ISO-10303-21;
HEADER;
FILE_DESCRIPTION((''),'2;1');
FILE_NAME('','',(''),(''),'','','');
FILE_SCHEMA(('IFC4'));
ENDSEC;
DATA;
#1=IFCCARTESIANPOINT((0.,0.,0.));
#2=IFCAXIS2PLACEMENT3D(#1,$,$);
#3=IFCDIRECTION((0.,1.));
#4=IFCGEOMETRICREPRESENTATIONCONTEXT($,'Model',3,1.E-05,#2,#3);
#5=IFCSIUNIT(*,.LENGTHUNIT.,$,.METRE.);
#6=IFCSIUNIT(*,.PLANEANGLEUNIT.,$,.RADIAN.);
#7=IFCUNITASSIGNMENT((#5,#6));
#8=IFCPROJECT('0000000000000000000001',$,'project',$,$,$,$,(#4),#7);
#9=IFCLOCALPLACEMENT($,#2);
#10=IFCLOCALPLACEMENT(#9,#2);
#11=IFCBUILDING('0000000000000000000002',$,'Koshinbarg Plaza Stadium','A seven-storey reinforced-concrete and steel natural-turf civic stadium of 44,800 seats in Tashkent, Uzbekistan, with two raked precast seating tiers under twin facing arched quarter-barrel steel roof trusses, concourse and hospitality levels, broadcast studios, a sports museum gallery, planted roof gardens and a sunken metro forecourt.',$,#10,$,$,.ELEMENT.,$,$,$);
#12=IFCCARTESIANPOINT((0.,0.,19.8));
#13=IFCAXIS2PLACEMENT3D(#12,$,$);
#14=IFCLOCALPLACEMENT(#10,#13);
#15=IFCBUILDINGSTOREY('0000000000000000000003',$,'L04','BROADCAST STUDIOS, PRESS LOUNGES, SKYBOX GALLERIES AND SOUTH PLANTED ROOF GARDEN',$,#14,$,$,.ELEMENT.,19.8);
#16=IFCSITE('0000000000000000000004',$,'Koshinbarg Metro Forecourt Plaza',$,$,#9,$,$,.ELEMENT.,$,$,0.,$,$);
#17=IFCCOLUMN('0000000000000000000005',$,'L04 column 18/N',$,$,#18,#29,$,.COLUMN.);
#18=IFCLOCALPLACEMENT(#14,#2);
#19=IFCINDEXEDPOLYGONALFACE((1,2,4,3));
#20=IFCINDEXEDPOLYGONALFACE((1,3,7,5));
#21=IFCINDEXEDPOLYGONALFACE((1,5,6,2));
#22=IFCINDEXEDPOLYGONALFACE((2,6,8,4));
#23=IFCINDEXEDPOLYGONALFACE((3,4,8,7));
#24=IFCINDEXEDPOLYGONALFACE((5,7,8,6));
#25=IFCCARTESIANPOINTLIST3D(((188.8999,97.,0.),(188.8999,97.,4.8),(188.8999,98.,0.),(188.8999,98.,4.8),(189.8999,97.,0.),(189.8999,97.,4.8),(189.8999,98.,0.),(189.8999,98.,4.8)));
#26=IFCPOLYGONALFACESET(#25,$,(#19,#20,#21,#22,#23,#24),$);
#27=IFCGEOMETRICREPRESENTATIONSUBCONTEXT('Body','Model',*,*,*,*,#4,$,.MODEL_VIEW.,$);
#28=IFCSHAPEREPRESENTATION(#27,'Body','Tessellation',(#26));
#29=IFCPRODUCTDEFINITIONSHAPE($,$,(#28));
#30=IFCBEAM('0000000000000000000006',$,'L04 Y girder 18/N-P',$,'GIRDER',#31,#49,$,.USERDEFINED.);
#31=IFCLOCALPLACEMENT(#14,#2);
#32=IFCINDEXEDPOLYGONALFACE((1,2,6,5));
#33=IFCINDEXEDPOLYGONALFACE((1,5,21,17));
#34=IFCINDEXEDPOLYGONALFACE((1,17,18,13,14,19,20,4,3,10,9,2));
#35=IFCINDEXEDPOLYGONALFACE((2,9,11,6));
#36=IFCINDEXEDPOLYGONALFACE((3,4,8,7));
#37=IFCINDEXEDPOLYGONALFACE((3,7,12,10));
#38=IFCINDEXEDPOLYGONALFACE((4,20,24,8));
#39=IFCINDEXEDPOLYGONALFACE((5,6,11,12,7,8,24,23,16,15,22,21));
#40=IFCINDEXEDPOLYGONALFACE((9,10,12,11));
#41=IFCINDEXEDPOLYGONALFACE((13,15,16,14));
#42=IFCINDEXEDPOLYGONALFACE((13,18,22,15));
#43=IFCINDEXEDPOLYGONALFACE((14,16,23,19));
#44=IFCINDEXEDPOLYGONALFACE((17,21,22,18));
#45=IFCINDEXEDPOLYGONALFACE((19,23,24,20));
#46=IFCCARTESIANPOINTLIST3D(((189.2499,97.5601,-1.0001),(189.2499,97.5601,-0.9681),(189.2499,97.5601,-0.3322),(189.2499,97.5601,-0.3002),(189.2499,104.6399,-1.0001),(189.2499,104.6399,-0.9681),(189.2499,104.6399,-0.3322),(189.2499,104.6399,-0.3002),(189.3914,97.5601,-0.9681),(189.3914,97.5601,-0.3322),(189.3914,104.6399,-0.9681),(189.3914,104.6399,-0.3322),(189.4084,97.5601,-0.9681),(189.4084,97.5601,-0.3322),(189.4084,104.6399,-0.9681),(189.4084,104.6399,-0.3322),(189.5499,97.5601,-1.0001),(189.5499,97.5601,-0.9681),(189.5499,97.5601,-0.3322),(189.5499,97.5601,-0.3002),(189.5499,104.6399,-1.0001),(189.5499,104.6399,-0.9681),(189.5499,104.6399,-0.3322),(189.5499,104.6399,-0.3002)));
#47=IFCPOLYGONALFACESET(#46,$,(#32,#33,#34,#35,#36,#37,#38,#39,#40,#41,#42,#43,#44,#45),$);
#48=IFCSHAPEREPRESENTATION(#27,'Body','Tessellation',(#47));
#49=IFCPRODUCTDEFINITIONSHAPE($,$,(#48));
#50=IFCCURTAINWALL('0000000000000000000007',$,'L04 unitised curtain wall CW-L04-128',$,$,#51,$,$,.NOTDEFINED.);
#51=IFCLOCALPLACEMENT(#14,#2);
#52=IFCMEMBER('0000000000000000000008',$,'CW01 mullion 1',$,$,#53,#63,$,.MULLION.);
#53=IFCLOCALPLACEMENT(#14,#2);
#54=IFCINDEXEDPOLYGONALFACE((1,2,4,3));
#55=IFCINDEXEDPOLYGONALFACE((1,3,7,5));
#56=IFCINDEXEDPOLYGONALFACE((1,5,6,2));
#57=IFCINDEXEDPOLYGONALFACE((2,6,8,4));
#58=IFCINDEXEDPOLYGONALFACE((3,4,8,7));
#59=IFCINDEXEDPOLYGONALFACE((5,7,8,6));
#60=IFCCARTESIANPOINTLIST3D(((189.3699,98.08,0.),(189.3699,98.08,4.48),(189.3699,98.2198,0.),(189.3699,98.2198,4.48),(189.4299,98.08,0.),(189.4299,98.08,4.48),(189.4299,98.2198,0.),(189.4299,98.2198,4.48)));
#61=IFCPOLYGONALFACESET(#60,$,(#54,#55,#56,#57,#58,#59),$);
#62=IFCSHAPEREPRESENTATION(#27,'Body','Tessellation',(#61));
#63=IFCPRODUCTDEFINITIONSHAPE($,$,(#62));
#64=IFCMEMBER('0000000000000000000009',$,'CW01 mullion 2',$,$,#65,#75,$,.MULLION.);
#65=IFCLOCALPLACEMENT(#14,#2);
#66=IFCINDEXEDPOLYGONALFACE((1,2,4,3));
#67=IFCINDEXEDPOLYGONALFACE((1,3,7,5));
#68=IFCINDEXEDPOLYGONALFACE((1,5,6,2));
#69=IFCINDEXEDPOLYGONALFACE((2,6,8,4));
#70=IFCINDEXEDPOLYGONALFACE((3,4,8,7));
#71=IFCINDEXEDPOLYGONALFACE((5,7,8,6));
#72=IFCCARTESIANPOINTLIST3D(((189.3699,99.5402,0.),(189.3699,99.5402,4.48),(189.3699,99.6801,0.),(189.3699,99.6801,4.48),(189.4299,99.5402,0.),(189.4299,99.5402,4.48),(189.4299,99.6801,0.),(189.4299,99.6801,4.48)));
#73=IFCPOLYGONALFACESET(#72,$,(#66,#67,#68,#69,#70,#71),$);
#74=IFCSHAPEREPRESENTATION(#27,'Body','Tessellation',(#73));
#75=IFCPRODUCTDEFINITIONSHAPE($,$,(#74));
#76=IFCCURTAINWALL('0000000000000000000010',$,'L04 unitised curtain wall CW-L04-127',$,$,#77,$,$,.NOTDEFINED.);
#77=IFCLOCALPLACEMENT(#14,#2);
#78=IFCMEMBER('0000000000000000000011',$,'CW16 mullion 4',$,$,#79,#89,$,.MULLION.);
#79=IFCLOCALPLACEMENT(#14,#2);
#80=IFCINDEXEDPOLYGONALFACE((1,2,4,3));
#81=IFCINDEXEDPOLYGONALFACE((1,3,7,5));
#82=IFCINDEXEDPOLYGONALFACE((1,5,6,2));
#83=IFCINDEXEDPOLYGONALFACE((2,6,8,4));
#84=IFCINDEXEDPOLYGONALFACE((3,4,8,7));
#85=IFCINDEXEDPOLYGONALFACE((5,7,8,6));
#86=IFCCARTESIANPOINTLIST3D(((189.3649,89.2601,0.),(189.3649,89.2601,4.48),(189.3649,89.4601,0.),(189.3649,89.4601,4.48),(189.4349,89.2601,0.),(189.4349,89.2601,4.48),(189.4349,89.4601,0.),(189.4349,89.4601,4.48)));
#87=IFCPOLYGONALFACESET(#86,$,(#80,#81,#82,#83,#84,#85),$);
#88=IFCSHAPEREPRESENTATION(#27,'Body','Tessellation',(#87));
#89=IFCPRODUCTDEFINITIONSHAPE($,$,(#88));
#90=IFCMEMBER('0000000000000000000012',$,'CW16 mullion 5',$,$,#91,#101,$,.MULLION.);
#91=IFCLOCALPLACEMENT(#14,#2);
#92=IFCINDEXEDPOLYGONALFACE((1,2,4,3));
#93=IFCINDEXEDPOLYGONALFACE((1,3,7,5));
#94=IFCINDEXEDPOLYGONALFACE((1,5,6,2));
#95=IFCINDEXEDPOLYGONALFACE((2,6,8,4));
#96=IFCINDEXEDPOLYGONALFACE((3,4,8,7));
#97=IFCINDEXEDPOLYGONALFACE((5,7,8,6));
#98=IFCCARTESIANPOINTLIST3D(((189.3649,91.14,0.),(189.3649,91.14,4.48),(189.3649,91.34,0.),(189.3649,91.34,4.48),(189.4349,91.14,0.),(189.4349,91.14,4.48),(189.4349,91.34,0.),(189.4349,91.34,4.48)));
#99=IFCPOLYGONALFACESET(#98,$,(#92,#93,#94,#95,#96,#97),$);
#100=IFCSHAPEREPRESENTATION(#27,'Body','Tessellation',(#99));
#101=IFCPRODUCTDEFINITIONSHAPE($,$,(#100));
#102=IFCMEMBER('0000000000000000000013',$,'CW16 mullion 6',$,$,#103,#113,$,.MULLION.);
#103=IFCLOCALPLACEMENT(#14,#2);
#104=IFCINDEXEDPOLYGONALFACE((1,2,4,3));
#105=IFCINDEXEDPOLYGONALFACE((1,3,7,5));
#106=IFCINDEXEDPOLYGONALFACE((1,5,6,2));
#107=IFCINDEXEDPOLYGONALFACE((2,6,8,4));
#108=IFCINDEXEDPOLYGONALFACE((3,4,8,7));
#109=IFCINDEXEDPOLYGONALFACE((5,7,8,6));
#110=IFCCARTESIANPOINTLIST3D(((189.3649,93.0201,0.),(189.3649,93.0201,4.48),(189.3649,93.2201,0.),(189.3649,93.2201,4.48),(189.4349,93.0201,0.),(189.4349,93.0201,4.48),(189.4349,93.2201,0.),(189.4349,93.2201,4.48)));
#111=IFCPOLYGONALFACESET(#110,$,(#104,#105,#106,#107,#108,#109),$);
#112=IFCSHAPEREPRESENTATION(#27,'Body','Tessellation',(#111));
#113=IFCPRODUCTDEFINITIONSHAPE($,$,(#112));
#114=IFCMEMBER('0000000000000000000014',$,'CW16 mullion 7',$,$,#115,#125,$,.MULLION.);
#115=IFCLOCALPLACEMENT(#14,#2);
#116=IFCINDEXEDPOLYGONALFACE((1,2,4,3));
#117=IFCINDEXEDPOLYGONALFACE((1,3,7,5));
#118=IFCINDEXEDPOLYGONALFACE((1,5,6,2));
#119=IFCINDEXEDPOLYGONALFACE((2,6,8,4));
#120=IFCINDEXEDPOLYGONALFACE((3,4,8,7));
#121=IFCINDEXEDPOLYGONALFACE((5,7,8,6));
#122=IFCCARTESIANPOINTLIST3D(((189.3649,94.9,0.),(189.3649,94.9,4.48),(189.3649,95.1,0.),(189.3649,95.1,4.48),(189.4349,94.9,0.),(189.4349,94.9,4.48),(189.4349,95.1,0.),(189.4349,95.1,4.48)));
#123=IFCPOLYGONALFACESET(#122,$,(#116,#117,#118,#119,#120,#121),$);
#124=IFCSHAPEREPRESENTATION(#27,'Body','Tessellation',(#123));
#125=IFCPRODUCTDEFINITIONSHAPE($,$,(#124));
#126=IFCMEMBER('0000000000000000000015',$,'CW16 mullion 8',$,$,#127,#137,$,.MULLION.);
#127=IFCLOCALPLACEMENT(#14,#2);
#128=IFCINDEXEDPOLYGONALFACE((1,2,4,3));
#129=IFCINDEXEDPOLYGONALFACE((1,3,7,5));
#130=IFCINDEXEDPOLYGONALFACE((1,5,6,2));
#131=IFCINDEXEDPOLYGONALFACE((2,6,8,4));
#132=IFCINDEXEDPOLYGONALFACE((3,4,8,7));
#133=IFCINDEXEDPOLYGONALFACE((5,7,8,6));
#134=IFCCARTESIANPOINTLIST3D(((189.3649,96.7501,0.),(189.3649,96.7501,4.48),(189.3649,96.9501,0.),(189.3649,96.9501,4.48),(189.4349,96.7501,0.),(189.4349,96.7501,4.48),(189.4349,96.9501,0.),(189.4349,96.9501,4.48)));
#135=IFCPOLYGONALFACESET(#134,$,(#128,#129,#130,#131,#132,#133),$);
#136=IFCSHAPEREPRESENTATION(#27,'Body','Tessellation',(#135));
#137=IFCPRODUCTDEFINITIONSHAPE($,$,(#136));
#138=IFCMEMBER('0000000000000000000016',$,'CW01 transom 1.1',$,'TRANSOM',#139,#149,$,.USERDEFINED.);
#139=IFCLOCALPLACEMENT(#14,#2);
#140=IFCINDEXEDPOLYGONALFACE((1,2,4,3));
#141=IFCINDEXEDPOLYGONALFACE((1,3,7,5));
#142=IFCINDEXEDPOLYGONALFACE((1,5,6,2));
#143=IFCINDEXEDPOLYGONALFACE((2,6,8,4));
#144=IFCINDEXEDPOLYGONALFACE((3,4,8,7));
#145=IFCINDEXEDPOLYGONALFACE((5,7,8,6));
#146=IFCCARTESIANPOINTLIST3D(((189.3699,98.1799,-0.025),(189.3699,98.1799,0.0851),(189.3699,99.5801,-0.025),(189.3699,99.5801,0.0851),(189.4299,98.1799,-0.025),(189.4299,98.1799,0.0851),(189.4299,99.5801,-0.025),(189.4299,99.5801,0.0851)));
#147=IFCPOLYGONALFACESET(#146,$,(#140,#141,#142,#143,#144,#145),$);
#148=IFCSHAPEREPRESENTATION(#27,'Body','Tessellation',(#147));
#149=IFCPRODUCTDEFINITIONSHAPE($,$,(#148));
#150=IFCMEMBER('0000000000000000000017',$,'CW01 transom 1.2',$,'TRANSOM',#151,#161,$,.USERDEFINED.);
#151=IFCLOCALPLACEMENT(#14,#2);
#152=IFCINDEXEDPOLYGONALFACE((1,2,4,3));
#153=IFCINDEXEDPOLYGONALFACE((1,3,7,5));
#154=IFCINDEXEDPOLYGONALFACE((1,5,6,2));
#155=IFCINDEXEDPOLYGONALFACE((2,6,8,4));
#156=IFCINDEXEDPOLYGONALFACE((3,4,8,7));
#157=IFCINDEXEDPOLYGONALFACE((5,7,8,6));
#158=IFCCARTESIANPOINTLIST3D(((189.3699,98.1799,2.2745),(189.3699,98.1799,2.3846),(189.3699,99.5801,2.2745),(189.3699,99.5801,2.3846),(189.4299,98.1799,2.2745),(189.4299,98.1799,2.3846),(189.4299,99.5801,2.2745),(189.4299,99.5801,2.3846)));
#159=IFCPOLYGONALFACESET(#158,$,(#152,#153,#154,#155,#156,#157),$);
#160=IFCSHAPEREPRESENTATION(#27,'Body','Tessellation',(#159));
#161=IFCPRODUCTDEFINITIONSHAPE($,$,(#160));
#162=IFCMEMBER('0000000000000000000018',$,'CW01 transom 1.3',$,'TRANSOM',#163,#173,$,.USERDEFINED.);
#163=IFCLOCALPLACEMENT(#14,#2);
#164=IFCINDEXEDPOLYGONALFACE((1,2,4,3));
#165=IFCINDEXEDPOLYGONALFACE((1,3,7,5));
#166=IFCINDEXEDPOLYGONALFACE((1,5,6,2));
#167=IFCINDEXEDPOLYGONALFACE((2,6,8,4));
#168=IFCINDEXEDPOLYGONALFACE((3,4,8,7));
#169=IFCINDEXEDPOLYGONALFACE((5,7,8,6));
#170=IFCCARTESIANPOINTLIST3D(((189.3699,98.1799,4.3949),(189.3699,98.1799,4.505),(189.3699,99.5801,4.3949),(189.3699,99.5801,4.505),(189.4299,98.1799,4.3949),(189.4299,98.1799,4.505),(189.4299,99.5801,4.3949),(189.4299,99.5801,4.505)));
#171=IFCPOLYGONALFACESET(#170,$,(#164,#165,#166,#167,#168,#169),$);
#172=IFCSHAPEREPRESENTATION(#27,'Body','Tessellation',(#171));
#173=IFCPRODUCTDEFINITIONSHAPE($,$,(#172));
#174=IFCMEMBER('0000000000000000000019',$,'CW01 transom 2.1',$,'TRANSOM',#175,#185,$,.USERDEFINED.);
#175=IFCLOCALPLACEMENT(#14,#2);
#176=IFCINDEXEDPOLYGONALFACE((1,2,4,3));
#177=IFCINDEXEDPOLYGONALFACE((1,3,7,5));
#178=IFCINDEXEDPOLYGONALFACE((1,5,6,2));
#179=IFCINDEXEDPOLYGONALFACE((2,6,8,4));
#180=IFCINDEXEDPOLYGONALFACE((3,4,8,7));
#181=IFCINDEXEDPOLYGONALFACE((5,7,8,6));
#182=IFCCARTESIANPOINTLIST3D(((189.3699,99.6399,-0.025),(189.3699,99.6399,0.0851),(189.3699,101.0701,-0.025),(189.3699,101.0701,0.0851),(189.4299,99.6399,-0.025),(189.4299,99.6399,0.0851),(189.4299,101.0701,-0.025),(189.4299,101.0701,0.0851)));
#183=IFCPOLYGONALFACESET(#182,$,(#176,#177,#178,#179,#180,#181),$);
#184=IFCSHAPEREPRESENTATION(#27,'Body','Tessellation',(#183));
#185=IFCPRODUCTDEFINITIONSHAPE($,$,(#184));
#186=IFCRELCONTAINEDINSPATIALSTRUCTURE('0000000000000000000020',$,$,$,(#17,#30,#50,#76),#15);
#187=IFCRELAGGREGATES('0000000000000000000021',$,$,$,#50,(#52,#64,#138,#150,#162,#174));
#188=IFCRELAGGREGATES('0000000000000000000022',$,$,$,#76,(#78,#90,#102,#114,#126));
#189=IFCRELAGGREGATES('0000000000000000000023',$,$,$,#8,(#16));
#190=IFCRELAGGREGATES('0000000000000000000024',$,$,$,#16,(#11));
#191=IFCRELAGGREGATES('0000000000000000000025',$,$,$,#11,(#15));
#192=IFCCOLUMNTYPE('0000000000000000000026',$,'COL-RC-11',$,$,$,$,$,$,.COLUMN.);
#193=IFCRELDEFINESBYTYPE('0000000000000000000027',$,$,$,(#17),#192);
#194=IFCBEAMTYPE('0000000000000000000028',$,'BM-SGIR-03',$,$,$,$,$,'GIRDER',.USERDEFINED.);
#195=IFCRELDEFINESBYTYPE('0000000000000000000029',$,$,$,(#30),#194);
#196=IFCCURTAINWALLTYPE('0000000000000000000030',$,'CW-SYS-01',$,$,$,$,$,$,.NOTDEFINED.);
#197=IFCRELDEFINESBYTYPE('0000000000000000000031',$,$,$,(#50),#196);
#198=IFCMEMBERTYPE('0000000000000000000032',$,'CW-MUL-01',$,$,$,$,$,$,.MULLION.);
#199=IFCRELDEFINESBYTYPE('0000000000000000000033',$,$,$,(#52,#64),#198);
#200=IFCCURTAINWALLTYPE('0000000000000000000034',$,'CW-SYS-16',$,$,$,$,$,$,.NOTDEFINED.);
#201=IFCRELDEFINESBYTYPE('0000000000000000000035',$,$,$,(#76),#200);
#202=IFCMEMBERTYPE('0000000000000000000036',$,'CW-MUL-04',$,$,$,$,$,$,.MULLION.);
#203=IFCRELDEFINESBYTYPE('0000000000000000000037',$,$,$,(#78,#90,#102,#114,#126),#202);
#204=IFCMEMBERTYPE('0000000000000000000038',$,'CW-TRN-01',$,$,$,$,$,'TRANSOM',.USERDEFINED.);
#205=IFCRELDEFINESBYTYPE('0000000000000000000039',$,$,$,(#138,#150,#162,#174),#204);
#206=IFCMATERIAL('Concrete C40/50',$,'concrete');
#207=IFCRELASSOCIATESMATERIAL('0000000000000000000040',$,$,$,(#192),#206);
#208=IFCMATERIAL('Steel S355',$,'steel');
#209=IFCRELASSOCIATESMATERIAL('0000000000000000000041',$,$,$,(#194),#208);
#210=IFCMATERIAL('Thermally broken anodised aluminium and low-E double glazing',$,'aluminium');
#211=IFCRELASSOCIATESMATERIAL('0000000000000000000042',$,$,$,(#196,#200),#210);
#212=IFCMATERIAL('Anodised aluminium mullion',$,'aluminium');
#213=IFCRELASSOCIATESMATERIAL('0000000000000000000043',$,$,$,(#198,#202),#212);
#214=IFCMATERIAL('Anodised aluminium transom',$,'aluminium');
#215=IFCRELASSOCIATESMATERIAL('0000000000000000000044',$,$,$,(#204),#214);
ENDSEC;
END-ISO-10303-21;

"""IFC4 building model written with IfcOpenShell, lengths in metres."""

from ifc_helpers import new_model, si_unit, direction, frame, origin, origin_2d, place, context, subcontext, project, spatial, rectangle, i_section, extrude, material, material_profile, profile_set, type_object, element, aggregate, save


model = new_model("IFC4")

# Units and contexts
model_context = context("Model", 3, precision=1e-05, world=origin(), true_north=direction((0.0, 1.0)))
body_context = subcontext(model_context, "Body", "Model", "MODEL_VIEW")
ifc_project = project(units=[si_unit("LENGTHUNIT", "METRE"), si_unit("PLANEANGLEUNIT", "RADIAN")], contexts=[model_context])

# Site, building, storey
site_placement = place(None, origin())
site = spatial("IfcSite", under=ifc_project, at=site_placement, Name="Koshinbarg Metro Forecourt Plaza", CompositionType="ELEMENT", RefElevation=0.0)
building_placement = place(site_placement, origin())
building = spatial("IfcBuilding", under=site, at=building_placement, Name="Koshinbarg Plaza Stadium", Description="A seven-storey reinforced-concrete and steel natural-turf civic stadium of 44,800 seats in Tashkent, Uzbekistan, with two raked precast seating tiers under twin facing arched quarter-barrel steel roof trusses, concourse and hospitality levels, broadcast studios, a sports museum gallery, planted roof gardens and a sunken metro forecourt.", CompositionType="ELEMENT")
storey_placement = place(building_placement, frame((0.0, 0.0, 19.8)))
storey = spatial("IfcBuildingStorey", under=building, at=storey_placement, Name="L04", Description="BROADCAST STUDIOS, PRESS LOUNGES, SKYBOX GALLERIES AND SOUTH PLANTED ROOF GARDEN", CompositionType="ELEMENT", Elevation=19.8)

# Column
ifc_material_1 = material(Name="Concrete C40/50", Category="concrete")
ifc_material_profile_1 = material_profile(ifc_material_1, rectangle(XDim=1.0, YDim=1.0, at=origin_2d()), Name="RC 1000x1000")
ifc_profile_set_1 = profile_set([ifc_material_profile_1], Name="Concrete C40/50")
column_type = type_object("IfcColumnType", Name="COL-RC-11", PredefinedType="COLUMN", material=ifc_profile_set_1)
column_placement = place(storey_placement, frame((189.3999, 97.5, 0.0), z_axis=(0.0, 0.0, 1.0), x_axis=(1.0, 0.0, 0.0)))
element("IfcColumn", 1, at=column_placement, inside=storey, type_object=column_type, Name="L04 column 18/N", PredefinedType="COLUMN", context=body_context, shape_type="SweptSolid", body=[
    extrude(rectangle(XDim=1.0, YDim=1.0, at=origin_2d()), origin(), (0.0, 0.0, 1.0), 4.8),
])

# Beam
ifc_material_2 = material(Name="Steel S355", Category="steel")
ifc_material_profile_2 = material_profile(ifc_material_2, i_section(OverallWidth=0.3, OverallDepth=0.7, WebThickness=0.0171, FlangeThickness=0.032, at=origin_2d()), Name="HEB 700")
ifc_profile_set_2 = profile_set([ifc_material_profile_2], Name="Steel S355")
beam_type = type_object("IfcBeamType", Name="BM-SGIR-03", ElementType="GIRDER", PredefinedType="USERDEFINED", material=ifc_profile_set_2)
beam_placement = place(storey_placement, frame((189.3999, 97.5601, -0.6501), z_axis=(0.0, 1.0, 0.0), x_axis=(-1.0, 0.0, 0.0)))
element("IfcBeam", 2, at=beam_placement, inside=storey, type_object=beam_type, Name="L04 Y girder 18/N-P", ObjectType="GIRDER", PredefinedType="USERDEFINED", context=body_context, shape_type="SweptSolid", body=[
    extrude(i_section(OverallWidth=0.3, OverallDepth=0.7, WebThickness=0.0171, FlangeThickness=0.032, at=origin_2d()), origin(), (0.0, 0.0, 1.0), 7.0798),
])

# Curtain walls, members
ifc_material_3 = material(Name="Thermally broken anodised aluminium and low-E double glazing", Category="aluminium")
curtain_wall_type_1 = type_object("IfcCurtainWallType", Name="CW-SYS-01", PredefinedType="NOTDEFINED", material=ifc_material_3)
curtain_wall_1_placement = place(storey_placement, origin())
curtain_wall_1 = element("IfcCurtainWall", 3, at=curtain_wall_1_placement, inside=storey, type_object=curtain_wall_type_1, Name="L04 unitised curtain wall CW-L04-128", PredefinedType="NOTDEFINED")
ifc_material_4 = material(Name="Anodised aluminium mullion", Category="aluminium")
ifc_material_profile_3 = material_profile(ifc_material_4, rectangle(XDim=0.0601, YDim=0.1399, at=origin_2d()), Name="ALU 60x140")
ifc_profile_set_3 = profile_set([ifc_material_profile_3], Name="Anodised aluminium mullion")
member_type_1 = type_object("IfcMemberType", Name="CW-MUL-01", PredefinedType="MULLION", material=ifc_profile_set_3)
member_1_placement = place(storey_placement, frame((189.3999, 98.1499, 0.0), z_axis=(0.0, 0.0, 1.0), x_axis=(-1.0, 0.0, 0.0)))
member_1 = element("IfcMember", 4, at=member_1_placement, type_object=member_type_1, Name="CW01 mullion 1", PredefinedType="MULLION", context=body_context, shape_type="SweptSolid", body=[
    extrude(rectangle(XDim=0.0601, YDim=0.1399, at=origin_2d()), origin(), (0.0, 0.0, 1.0), 4.48),
])
member_2_placement = place(storey_placement, frame((189.3999, 99.6101, 0.0), z_axis=(0.0, 0.0, 1.0), x_axis=(-1.0, 0.0, 0.0)))
member_2 = element("IfcMember", 5, at=member_2_placement, type_object=member_type_1, Name="CW01 mullion 2", PredefinedType="MULLION", context=body_context, shape_type="SweptSolid", body=[
    extrude(rectangle(XDim=0.0601, YDim=0.1399, at=origin_2d()), origin(), (0.0, 0.0, 1.0), 4.48),
])
curtain_wall_type_2 = type_object("IfcCurtainWallType", Name="CW-SYS-16", PredefinedType="NOTDEFINED", material=ifc_material_3)
curtain_wall_2_placement = place(storey_placement, origin())
curtain_wall_2 = element("IfcCurtainWall", 6, at=curtain_wall_2_placement, inside=storey, type_object=curtain_wall_type_2, Name="L04 unitised curtain wall CW-L04-127", PredefinedType="NOTDEFINED")
ifc_material_profile_4 = material_profile(ifc_material_4, rectangle(XDim=0.0701, YDim=0.2, at=origin_2d()), Name="ALU 70x200")
ifc_profile_set_4 = profile_set([ifc_material_profile_4], Name="Anodised aluminium mullion")
member_type_2 = type_object("IfcMemberType", Name="CW-MUL-04", PredefinedType="MULLION", material=ifc_profile_set_4)
member_3_placement = place(storey_placement, frame((189.3999, 89.3601, 0.0), z_axis=(0.0, 0.0, 1.0), x_axis=(-1.0, 0.0, 0.0)))
member_3 = element("IfcMember", 7, at=member_3_placement, type_object=member_type_2, Name="CW16 mullion 4", PredefinedType="MULLION", context=body_context, shape_type="SweptSolid", body=[
    extrude(rectangle(XDim=0.0701, YDim=0.2, at=origin_2d()), origin(), (0.0, 0.0, 1.0), 4.48),
])
member_4_placement = place(storey_placement, frame((189.3999, 91.24, 0.0), z_axis=(0.0, 0.0, 1.0), x_axis=(-1.0, 0.0, 0.0)))
member_4 = element("IfcMember", 8, at=member_4_placement, type_object=member_type_2, Name="CW16 mullion 5", PredefinedType="MULLION", context=body_context, shape_type="SweptSolid", body=[
    extrude(rectangle(XDim=0.0701, YDim=0.2, at=origin_2d()), origin(), (0.0, 0.0, 1.0), 4.48),
])
member_5_placement = place(storey_placement, frame((189.3999, 93.1201, 0.0), z_axis=(0.0, 0.0, 1.0), x_axis=(-1.0, 0.0, 0.0)))
member_5 = element("IfcMember", 9, at=member_5_placement, type_object=member_type_2, Name="CW16 mullion 6", PredefinedType="MULLION", context=body_context, shape_type="SweptSolid", body=[
    extrude(rectangle(XDim=0.0701, YDim=0.2, at=origin_2d()), origin(), (0.0, 0.0, 1.0), 4.48),
])
member_6_placement = place(storey_placement, frame((189.3999, 95.0, 0.0), z_axis=(0.0, 0.0, 1.0), x_axis=(-1.0, 0.0, 0.0)))
member_6 = element("IfcMember", 10, at=member_6_placement, type_object=member_type_2, Name="CW16 mullion 7", PredefinedType="MULLION", context=body_context, shape_type="SweptSolid", body=[
    extrude(rectangle(XDim=0.0701, YDim=0.2, at=origin_2d()), origin(), (0.0, 0.0, 1.0), 4.48),
])
member_7_placement = place(storey_placement, frame((189.3999, 96.8501, 0.0), z_axis=(0.0, 0.0, 1.0), x_axis=(-1.0, 0.0, 0.0)))
member_7 = element("IfcMember", 11, at=member_7_placement, type_object=member_type_2, Name="CW16 mullion 8", PredefinedType="MULLION", context=body_context, shape_type="SweptSolid", body=[
    extrude(rectangle(XDim=0.0701, YDim=0.2, at=origin_2d()), origin(), (0.0, 0.0, 1.0), 4.48),
])

# Members
ifc_material_5 = material(Name="Anodised aluminium transom", Category="aluminium")
ifc_material_profile_5 = material_profile(ifc_material_5, rectangle(XDim=0.0601, YDim=0.1101, at=origin_2d()), Name="ALU 60x110")
ifc_profile_set_5 = profile_set([ifc_material_profile_5], Name="Anodised aluminium transom")
member_type_3 = type_object("IfcMemberType", Name="CW-TRN-01", ElementType="TRANSOM", PredefinedType="USERDEFINED", material=ifc_profile_set_5)
member_8_placement = place(storey_placement, frame((189.3999, 98.1799, 0.03), z_axis=(0.0, 1.0, 0.0), x_axis=(-1.0, 0.0, 0.0)))
member_8 = element("IfcMember", 12, at=member_8_placement, type_object=member_type_3, Name="CW01 transom 1.1", ObjectType="TRANSOM", PredefinedType="USERDEFINED", context=body_context, shape_type="SweptSolid", body=[
    extrude(rectangle(XDim=0.0601, YDim=0.1101, at=origin_2d()), origin(), (0.0, 0.0, 1.0), 1.4001),
])
member_9_placement = place(storey_placement, frame((189.3999, 98.1799, 2.3296), z_axis=(0.0, 1.0, 0.0), x_axis=(-1.0, 0.0, 0.0)))
member_9 = element("IfcMember", 13, at=member_9_placement, type_object=member_type_3, Name="CW01 transom 1.2", ObjectType="TRANSOM", PredefinedType="USERDEFINED", context=body_context, shape_type="SweptSolid", body=[
    extrude(rectangle(XDim=0.0601, YDim=0.1101, at=origin_2d()), origin(), (0.0, 0.0, 1.0), 1.4001),
])
member_10_placement = place(storey_placement, frame((189.3999, 98.1799, 4.45), z_axis=(0.0, 1.0, 0.0), x_axis=(-1.0, 0.0, 0.0)))
member_10 = element("IfcMember", 14, at=member_10_placement, type_object=member_type_3, Name="CW01 transom 1.3", ObjectType="TRANSOM", PredefinedType="USERDEFINED", context=body_context, shape_type="SweptSolid", body=[
    extrude(rectangle(XDim=0.0601, YDim=0.1101, at=origin_2d()), origin(), (0.0, 0.0, 1.0), 1.4001),
])
member_11_placement = place(storey_placement, frame((189.3999, 99.6399, 0.03), z_axis=(0.0, 1.0, 0.0), x_axis=(-1.0, 0.0, 0.0)))
member_11 = element("IfcMember", 15, at=member_11_placement, type_object=member_type_3, Name="CW01 transom 2.1", ObjectType="TRANSOM", PredefinedType="USERDEFINED", context=body_context, shape_type="SweptSolid", body=[
    extrude(rectangle(XDim=0.0601, YDim=0.1101, at=origin_2d()), origin(), (0.0, 0.0, 1.0), 1.4302),
])

aggregate(curtain_wall_1, [member_1, member_2, member_8, member_9, member_10, member_11])
aggregate(curtain_wall_2, [member_3, member_4, member_5, member_6, member_7])

save(model, "model.ifc")
